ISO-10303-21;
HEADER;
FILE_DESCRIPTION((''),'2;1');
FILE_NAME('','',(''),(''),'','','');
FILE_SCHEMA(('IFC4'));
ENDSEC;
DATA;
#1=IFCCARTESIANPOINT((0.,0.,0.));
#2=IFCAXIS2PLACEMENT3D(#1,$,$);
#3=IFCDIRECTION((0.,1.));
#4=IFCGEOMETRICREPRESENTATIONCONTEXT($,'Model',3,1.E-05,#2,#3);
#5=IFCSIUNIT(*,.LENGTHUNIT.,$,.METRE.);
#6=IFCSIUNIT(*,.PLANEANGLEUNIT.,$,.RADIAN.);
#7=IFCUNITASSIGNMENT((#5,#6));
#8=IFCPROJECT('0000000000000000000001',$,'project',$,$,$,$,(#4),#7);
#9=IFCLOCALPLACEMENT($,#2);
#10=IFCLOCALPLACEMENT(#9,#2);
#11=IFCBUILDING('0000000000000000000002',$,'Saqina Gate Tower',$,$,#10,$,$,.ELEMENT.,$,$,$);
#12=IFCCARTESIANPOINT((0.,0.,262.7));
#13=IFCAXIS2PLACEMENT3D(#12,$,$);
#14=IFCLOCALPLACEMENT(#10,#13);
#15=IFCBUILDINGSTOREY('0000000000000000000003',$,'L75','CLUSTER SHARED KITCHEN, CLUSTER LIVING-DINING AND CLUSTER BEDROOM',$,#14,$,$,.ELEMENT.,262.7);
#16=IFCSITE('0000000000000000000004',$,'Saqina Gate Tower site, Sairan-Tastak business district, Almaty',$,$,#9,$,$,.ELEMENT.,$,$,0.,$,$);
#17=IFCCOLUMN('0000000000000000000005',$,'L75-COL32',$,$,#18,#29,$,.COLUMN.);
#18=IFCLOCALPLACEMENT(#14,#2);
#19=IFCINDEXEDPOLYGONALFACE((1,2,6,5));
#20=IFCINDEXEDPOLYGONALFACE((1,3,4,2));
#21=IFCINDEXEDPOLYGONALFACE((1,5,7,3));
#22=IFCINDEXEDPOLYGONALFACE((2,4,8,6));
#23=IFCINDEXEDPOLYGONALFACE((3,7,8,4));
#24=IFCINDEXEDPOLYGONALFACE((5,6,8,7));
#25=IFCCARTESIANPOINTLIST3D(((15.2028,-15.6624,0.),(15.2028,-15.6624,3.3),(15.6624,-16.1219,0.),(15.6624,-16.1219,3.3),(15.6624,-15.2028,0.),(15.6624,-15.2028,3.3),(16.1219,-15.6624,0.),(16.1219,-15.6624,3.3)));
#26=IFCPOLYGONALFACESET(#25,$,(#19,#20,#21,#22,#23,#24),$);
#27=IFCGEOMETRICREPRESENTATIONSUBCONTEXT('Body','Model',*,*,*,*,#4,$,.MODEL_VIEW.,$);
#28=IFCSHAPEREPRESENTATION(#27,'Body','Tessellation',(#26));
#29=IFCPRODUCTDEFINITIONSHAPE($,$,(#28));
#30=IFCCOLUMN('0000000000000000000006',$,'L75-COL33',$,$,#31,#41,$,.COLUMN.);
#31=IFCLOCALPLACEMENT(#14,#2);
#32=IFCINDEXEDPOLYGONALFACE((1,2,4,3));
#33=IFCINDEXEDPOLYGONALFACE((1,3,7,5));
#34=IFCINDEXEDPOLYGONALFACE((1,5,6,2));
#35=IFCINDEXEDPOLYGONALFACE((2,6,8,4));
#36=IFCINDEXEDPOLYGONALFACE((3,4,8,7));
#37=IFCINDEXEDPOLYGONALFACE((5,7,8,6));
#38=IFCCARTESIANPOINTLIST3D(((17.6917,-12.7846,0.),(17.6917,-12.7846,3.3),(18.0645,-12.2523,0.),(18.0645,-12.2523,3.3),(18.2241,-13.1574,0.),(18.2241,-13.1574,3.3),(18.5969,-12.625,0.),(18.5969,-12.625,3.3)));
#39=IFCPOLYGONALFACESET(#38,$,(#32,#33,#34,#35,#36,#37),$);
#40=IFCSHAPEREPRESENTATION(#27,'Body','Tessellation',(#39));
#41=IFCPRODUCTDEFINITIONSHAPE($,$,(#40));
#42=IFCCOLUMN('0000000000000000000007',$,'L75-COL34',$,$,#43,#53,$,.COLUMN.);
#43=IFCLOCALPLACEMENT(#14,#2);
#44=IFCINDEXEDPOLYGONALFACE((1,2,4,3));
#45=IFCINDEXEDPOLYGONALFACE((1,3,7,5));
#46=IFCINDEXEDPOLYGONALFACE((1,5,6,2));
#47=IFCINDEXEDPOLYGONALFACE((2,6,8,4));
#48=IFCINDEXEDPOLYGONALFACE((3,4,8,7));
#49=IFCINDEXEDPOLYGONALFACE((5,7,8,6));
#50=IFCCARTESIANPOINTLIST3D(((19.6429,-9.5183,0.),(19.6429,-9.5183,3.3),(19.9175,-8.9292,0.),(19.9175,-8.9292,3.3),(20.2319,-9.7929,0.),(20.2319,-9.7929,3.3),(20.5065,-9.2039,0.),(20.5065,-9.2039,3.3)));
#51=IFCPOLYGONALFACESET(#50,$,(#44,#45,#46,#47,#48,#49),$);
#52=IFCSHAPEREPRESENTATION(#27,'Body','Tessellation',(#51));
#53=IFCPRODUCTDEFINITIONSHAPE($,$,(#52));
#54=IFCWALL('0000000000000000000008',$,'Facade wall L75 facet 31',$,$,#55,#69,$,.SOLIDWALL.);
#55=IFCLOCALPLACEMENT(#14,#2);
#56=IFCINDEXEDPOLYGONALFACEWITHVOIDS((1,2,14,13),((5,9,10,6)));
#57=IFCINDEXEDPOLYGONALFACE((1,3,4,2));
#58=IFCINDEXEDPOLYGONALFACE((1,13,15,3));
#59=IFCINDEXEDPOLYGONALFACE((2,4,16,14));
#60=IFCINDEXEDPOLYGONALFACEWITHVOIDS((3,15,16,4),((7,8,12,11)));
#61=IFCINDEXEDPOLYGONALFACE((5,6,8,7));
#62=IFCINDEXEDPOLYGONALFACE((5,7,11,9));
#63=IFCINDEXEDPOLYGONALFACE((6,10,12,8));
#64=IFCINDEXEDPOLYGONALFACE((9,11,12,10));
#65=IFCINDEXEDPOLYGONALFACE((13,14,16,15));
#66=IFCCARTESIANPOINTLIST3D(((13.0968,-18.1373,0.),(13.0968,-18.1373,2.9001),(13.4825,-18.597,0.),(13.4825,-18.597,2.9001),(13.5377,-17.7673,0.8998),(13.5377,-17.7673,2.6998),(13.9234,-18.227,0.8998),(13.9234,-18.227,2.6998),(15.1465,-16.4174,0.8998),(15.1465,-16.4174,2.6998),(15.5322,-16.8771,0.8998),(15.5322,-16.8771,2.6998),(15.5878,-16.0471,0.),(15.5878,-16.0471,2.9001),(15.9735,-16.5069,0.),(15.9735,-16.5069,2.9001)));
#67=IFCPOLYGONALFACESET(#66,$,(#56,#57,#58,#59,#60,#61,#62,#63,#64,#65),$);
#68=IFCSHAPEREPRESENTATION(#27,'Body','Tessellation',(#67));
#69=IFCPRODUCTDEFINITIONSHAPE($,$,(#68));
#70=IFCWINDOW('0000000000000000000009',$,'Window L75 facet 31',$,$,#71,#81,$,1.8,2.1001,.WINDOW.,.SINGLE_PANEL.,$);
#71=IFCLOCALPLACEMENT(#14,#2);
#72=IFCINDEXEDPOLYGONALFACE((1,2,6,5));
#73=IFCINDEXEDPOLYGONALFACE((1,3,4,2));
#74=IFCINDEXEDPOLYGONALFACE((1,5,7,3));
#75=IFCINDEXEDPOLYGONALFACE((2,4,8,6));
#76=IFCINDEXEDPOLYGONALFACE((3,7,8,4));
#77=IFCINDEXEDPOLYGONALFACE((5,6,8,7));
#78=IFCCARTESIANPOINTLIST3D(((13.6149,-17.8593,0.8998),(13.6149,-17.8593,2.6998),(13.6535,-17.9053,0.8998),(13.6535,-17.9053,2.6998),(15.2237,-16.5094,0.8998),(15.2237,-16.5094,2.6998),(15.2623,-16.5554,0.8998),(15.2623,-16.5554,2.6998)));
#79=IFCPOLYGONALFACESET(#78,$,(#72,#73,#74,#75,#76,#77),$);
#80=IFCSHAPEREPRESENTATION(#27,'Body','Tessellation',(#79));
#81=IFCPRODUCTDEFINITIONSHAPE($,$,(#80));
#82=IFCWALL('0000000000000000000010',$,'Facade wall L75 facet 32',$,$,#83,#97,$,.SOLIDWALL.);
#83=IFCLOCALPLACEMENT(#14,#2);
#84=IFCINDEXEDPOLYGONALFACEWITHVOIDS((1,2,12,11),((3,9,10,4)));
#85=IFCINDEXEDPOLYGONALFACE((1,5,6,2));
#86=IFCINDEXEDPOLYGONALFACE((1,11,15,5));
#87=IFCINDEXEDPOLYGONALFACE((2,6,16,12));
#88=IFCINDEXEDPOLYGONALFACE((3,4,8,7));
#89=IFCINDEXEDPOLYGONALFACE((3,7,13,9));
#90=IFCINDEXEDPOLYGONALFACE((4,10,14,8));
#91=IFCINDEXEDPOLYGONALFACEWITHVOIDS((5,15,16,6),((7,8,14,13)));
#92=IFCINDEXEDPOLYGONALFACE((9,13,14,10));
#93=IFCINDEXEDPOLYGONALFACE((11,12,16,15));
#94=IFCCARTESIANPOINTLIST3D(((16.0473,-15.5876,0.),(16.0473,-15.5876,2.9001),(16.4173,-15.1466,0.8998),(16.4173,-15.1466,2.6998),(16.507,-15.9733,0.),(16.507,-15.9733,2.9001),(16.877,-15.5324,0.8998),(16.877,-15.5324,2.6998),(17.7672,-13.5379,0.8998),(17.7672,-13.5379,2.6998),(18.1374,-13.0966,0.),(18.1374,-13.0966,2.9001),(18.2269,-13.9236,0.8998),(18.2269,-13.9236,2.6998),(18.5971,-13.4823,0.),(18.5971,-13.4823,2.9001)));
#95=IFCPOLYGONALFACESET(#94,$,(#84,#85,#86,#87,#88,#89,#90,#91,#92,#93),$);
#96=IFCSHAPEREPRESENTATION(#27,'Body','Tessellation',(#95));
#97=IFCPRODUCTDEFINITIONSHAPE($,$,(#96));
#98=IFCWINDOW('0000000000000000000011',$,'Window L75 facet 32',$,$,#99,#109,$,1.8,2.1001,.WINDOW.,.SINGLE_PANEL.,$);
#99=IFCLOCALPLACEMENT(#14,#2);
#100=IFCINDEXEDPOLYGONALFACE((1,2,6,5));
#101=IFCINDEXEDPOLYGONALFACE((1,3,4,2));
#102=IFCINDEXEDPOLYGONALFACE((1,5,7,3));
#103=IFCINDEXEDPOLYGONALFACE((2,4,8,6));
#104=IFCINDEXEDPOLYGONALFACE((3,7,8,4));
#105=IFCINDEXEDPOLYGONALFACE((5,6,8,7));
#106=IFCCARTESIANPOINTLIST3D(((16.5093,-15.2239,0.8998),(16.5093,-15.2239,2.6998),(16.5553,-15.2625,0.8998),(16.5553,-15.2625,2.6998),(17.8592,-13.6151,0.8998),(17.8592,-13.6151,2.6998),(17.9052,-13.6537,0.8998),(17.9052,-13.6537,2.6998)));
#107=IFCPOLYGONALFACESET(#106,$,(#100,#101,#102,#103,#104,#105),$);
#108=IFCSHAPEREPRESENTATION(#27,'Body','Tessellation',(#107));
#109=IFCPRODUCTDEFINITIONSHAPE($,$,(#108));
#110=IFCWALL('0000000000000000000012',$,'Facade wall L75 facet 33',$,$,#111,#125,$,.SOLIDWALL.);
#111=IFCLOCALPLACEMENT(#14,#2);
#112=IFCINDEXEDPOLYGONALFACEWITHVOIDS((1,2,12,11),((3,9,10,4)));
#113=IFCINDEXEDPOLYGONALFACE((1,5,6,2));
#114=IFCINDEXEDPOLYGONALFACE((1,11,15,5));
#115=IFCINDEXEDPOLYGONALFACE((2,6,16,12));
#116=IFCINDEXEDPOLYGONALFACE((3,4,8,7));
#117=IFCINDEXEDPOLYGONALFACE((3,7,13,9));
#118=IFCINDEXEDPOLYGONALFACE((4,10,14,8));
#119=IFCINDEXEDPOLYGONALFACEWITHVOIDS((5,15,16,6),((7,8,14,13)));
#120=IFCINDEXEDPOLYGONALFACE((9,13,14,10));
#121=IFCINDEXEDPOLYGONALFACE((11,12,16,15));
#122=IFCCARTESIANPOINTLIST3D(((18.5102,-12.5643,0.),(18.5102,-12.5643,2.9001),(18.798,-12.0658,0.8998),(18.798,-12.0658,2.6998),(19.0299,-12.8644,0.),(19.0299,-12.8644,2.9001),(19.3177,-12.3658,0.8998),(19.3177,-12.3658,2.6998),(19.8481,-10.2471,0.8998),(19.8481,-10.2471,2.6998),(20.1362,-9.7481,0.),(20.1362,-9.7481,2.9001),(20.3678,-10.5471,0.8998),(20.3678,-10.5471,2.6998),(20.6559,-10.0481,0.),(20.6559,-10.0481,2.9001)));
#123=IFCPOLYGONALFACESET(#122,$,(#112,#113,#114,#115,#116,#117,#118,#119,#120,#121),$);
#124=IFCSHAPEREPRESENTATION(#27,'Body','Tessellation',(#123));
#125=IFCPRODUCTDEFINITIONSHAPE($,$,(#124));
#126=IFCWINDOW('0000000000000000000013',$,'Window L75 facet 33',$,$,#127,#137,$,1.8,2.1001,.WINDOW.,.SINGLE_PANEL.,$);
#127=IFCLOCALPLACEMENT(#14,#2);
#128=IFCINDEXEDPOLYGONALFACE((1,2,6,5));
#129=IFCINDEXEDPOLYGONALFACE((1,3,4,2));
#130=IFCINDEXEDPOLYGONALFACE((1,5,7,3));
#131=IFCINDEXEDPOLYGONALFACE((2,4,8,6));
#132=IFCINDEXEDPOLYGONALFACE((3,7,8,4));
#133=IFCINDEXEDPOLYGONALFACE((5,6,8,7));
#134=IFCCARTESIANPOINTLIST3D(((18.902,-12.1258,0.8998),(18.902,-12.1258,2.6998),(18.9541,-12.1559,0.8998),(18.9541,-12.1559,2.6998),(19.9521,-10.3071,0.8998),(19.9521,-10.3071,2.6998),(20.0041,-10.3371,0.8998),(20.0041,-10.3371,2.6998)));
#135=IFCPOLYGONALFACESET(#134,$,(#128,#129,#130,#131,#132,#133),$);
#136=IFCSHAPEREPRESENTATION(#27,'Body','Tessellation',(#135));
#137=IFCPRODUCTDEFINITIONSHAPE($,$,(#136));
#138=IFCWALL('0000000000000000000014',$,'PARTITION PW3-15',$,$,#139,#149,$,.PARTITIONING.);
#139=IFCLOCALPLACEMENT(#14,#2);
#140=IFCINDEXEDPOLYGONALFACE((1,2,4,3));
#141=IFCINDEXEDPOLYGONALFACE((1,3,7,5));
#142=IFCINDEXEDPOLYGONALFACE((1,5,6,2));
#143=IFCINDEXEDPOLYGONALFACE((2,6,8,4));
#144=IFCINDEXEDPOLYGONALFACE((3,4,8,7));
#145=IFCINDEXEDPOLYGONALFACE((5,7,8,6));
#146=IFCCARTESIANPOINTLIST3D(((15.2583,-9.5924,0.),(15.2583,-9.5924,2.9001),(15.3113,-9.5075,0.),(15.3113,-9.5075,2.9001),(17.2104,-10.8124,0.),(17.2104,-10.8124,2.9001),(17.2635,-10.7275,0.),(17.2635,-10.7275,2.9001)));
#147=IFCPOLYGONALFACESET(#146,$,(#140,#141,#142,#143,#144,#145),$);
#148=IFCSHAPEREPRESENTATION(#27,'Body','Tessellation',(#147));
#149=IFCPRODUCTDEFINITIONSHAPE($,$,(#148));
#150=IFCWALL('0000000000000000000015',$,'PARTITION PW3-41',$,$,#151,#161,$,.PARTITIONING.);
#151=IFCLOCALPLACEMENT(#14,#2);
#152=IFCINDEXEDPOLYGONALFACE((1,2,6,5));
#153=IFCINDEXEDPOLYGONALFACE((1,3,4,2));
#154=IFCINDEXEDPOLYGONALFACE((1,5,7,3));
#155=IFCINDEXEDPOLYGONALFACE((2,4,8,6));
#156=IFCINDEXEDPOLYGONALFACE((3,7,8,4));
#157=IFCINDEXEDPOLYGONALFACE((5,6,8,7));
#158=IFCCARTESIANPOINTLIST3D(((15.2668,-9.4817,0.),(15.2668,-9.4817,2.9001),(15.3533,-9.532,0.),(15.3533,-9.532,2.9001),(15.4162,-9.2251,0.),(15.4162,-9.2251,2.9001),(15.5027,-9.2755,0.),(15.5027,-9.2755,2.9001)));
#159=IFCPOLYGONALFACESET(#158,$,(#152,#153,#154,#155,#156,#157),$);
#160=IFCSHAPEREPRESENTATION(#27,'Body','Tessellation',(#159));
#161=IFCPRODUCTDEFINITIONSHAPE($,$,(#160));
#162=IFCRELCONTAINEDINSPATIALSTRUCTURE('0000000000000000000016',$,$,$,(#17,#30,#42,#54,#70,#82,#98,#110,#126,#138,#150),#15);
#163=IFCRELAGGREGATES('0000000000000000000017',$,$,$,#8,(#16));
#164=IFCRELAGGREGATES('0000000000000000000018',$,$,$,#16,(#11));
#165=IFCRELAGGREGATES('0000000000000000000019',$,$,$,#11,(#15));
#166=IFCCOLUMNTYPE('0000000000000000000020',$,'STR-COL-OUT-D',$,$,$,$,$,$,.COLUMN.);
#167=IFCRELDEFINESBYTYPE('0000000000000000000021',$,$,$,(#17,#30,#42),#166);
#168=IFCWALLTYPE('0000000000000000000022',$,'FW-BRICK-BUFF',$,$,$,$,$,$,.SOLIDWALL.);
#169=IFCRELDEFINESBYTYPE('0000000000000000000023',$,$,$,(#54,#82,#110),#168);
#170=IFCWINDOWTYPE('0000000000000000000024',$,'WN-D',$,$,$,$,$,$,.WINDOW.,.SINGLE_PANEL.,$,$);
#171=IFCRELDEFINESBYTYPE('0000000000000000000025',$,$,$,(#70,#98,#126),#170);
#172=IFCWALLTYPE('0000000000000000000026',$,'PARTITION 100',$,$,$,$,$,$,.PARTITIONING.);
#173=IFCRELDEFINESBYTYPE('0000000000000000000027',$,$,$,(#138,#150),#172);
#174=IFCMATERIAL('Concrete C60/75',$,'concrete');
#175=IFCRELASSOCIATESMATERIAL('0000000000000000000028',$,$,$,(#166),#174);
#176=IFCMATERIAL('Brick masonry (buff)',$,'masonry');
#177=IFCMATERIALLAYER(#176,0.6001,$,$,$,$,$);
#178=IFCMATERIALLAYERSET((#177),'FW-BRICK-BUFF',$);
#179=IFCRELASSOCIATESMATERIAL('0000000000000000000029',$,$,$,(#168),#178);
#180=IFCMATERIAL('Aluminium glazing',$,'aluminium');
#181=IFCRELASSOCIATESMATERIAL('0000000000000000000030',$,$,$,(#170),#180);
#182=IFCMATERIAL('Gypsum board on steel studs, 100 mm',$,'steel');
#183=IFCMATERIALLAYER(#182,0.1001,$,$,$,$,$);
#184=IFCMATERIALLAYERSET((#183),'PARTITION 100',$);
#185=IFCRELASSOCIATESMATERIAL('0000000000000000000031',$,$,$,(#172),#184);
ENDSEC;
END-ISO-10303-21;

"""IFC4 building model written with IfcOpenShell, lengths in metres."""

from ifc_helpers import new_model, si_unit, direction, frame, frame_2d, origin, origin_2d, place, context, subcontext, project, spatial, rectangle, extrude, material, layer, layer_set, material_profile, profile_set, type_object, element, fill, save


model = new_model("IFC4")

# Units and contexts
model_context = context("Model", 3, precision=1e-05, world=origin(), true_north=direction((0.0, 1.0)))
body_context = subcontext(model_context, "Body", "Model", "MODEL_VIEW")
ifc_project = project(units=[si_unit("LENGTHUNIT", "METRE"), si_unit("PLANEANGLEUNIT", "RADIAN")], contexts=[model_context])

# Site, building, storey
site_placement = place(None, origin())
site = spatial("IfcSite", under=ifc_project, at=site_placement, Name="Saqina Gate Tower site, Sairan-Tastak business district, Almaty", CompositionType="ELEMENT", RefElevation=0.0)
building_placement = place(site_placement, origin())
building = spatial("IfcBuilding", under=site, at=building_placement, Name="Saqina Gate Tower", CompositionType="ELEMENT")
storey_placement = place(building_placement, frame((0.0, 0.0, 262.7)))
storey = spatial("IfcBuildingStorey", under=building, at=storey_placement, Name="L75", Description="CLUSTER SHARED KITCHEN, CLUSTER LIVING-DINING AND CLUSTER BEDROOM", CompositionType="ELEMENT", Elevation=262.7)

# Columns
ifc_material_1 = material(Name="Concrete C60/75", Category="concrete")
ifc_material_profile = material_profile(ifc_material_1, rectangle(XDim=0.6499, YDim=0.6499, at=origin_2d()), Name="RC 650x650")
ifc_profile_set = profile_set([ifc_material_profile], Name="Concrete C60/75")
column_type = type_object("IfcColumnType", Name="STR-COL-OUT-D", PredefinedType="COLUMN", material=ifc_profile_set)
for number, where, z_axis, x_axis, name in (
    (1, (15.6624, -15.6624, 0.0), (0.0, 0.0, 1.0), (0.707107, -0.707107, 0.0), "L75-COL32"),
    (2, (18.1443, -12.7048, 0.0), (0.0, 0.0, 1.0), (0.819152, -0.573576, 0.0), "L75-COL33"),
    (3, (20.0747, -9.3611, 0.0), (0.0, 0.0, 1.0), (0.906308, -0.422618, 0.0), "L75-COL34"),
):
    element("IfcColumn", number, at=place(storey_placement, frame(where, z_axis=z_axis, x_axis=x_axis)), inside=storey, type_object=column_type, Name=name, PredefinedType="COLUMN", context=body_context, shape_type="SweptSolid", body=[
        extrude(rectangle(XDim=0.6499, YDim=0.6499, at=origin_2d()), origin(), (0.0, 0.0, 1.0), 3.3),
    ])

# Walls, openings, windows
ifc_material_2 = material(Name="Brick masonry (buff)", Category="masonry")
ifc_layer_1 = layer(ifc_material_2, 0.6001)
ifc_layer_set_1 = layer_set([ifc_layer_1], Name="FW-BRICK-BUFF")
wall_type_1 = type_object("IfcWallType", Name="FW-BRICK-BUFF", PredefinedType="SOLIDWALL", material=ifc_layer_set_1)
wall_1_placement = place(storey_placement, frame((13.2896, -18.3672, 0.0), z_axis=(0.0, 0.0, 1.0), x_axis=(0.766057, 0.642773, 0.0)))
wall_1 = element("IfcWall", 4, at=wall_1_placement, inside=storey, type_object=wall_type_1, Name="Facade wall L75 facet 31", PredefinedType="SOLIDWALL", context=body_context, shape_type="SweptSolid", body=[
    extrude(rectangle(XDim=3.2517, YDim=0.6001, at=frame_2d((1.626, 0.0))), origin(), (0.0, 0.0, 1.0), 2.9001),
])
opening_1_placement = place(wall_1_placement, frame((0.5757, 0.0, 0.8999)))
opening_1 = element("IfcOpeningElement", 5, at=opening_1_placement, cuts=wall_1, PredefinedType="OPENING", context=body_context, shape_type="SweptSolid", body=[
    extrude(rectangle(XDim=2.1001, YDim=1.8, at=frame_2d((1.05, 0.8999))), frame((0.0, 0.312, 0.0), z_axis=(0.0, -1.0, 0.0), x_axis=(1.0, 0.0, 0.0)), (0.0, 0.0, 1.0), 0.624),
])
ifc_material_3 = material(Name="Aluminium glazing", Category="aluminium")
window_type = type_object("IfcWindowType", Name="WN-D", PartitioningType="SINGLE_PANEL", PredefinedType="WINDOW", material=ifc_material_3)
window_1_placement = place(opening_1_placement, origin())
window_1 = element("IfcWindow", 6, at=window_1_placement, inside=storey, type_object=window_type, Name="Window L75 facet 31", OverallHeight=1.8, OverallWidth=2.1001, PartitioningType="SINGLE_PANEL", PredefinedType="WINDOW", context=body_context, shape_type="SweptSolid", body=[
    extrude(rectangle(XDim=2.1001, YDim=1.8, at=frame_2d((1.05, 0.8999))), frame((0.0, 0.1799, 0.0), z_axis=(0.0, -1.0, 0.0), x_axis=(1.0, 0.0, 0.0)), (0.0, 0.0, 1.0), 0.0601),
])
fill(opening_1, window_1)
wall_2_placement = place(storey_placement, frame((16.2771, -15.7805, 0.0), z_axis=(0.0, 0.0, 1.0), x_axis=(0.642773, 0.766057, 0.0)))
wall_2 = element("IfcWall", 7, at=wall_2_placement, inside=storey, type_object=wall_type_1, Name="Facade wall L75 facet 32", PredefinedType="SOLIDWALL", context=body_context, shape_type="SweptSolid", body=[
    extrude(rectangle(XDim=3.2517, YDim=0.6001, at=frame_2d((1.626, 0.0))), origin(), (0.0, 0.0, 1.0), 2.9001),
])
opening_2_placement = place(wall_2_placement, frame((0.5757, 0.0, 0.8999)))
opening_2 = element("IfcOpeningElement", 8, at=opening_2_placement, cuts=wall_2, PredefinedType="OPENING", context=body_context, shape_type="SweptSolid", body=[
    extrude(rectangle(XDim=2.1001, YDim=1.8, at=frame_2d((1.05, 0.8999))), frame((0.0, 0.312, 0.0), z_axis=(0.0, -1.0, 0.0), x_axis=(1.0, 0.0, 0.0)), (0.0, 0.0, 1.0), 0.624),
])
window_2_placement = place(opening_2_placement, origin())
window_2 = element("IfcWindow", 9, at=window_2_placement, inside=storey, type_object=window_type, Name="Window L75 facet 32", OverallHeight=1.8, OverallWidth=2.1001, PartitioningType="SINGLE_PANEL", PredefinedType="WINDOW", context=body_context, shape_type="SweptSolid", body=[
    extrude(rectangle(XDim=2.1001, YDim=1.8, at=frame_2d((1.05, 0.8999))), frame((0.0, 0.1799, 0.0), z_axis=(0.0, -1.0, 0.0), x_axis=(1.0, 0.0, 0.0)), (0.0, 0.0, 1.0), 0.0601),
])
fill(opening_2, window_2)
wall_3_placement = place(storey_placement, frame((18.77, -12.7144, 0.0), z_axis=(0.0, 0.0, 1.0), x_axis=(0.500015, 0.866017, 0.0)))
wall_3 = element("IfcWall", 10, at=wall_3_placement, inside=storey, type_object=wall_type_1, Name="Facade wall L75 facet 33", PredefinedType="SOLIDWALL", context=body_context, shape_type="SweptSolid", body=[
    extrude(rectangle(XDim=3.252, YDim=0.6001, at=frame_2d((1.626, 0.0))), origin(), (0.0, 0.0, 1.0), 2.9001),
])
opening_3_placement = place(wall_3_placement, frame((0.5757, 0.0, 0.8999)))
opening_3 = element("IfcOpeningElement", 11, at=opening_3_placement, cuts=wall_3, PredefinedType="OPENING", context=body_context, shape_type="SweptSolid", body=[
    extrude(rectangle(XDim=2.1001, YDim=1.8, at=frame_2d((1.05, 0.8999))), frame((0.0, 0.312, 0.0), z_axis=(0.0, -1.0, 0.0), x_axis=(1.0, 0.0, 0.0)), (0.0, 0.0, 1.0), 0.624),
])
window_3_placement = place(opening_3_placement, origin())
window_3 = element("IfcWindow", 12, at=window_3_placement, inside=storey, type_object=window_type, Name="Window L75 facet 33", OverallHeight=1.8, OverallWidth=2.1001, PartitioningType="SINGLE_PANEL", PredefinedType="WINDOW", context=body_context, shape_type="SweptSolid", body=[
    extrude(rectangle(XDim=2.1001, YDim=1.8, at=frame_2d((1.05, 0.8999))), frame((0.0, 0.1799, 0.0), z_axis=(0.0, -1.0, 0.0), x_axis=(1.0, 0.0, 0.0)), (0.0, 0.0, 1.0), 0.0601),
])
fill(opening_3, window_3)

# Walls
ifc_material_4 = material(Name="Gypsum board on steel studs, 100 mm", Category="steel")
ifc_layer_2 = layer(ifc_material_4, 0.1001)
ifc_layer_set_2 = layer_set([ifc_layer_2], Name="PARTITION 100")
wall_type_2 = type_object("IfcWallType", Name="PARTITION 100", PredefinedType="PARTITIONING", material=ifc_layer_set_2)
wall_4_placement = place(storey_placement, frame((15.2849, -9.55, 0.0), z_axis=(0.0, 0.0, 1.0), x_axis=(0.848022, -0.529961, 0.0)))
element("IfcWall", 13, at=wall_4_placement, inside=storey, type_object=wall_type_2, Name="PARTITION PW3-15", PredefinedType="PARTITIONING", context=body_context, shape_type="SweptSolid", body=[
    extrude(rectangle(XDim=2.302, YDim=0.1001, at=frame_2d((1.1509, 0.0))), origin(), (0.0, 0.0, 1.0), 2.9001),
])
wall_5_placement = place(storey_placement, frame((15.3101, -9.5068, 0.0), z_axis=(0.0, 0.0, 1.0), x_axis=(0.503206, 0.864166, 0.0)))
element("IfcWall", 14, at=wall_5_placement, inside=storey, type_object=wall_type_2, Name="PARTITION PW3-41", PredefinedType="PARTITIONING", context=body_context, shape_type="SweptSolid", body=[
    extrude(rectangle(XDim=0.2969, YDim=0.1001, at=frame_2d((0.1484, 0.0))), origin(), (0.0, 0.0, 1.0), 2.9001),
])

save(model, "model.ifc")
